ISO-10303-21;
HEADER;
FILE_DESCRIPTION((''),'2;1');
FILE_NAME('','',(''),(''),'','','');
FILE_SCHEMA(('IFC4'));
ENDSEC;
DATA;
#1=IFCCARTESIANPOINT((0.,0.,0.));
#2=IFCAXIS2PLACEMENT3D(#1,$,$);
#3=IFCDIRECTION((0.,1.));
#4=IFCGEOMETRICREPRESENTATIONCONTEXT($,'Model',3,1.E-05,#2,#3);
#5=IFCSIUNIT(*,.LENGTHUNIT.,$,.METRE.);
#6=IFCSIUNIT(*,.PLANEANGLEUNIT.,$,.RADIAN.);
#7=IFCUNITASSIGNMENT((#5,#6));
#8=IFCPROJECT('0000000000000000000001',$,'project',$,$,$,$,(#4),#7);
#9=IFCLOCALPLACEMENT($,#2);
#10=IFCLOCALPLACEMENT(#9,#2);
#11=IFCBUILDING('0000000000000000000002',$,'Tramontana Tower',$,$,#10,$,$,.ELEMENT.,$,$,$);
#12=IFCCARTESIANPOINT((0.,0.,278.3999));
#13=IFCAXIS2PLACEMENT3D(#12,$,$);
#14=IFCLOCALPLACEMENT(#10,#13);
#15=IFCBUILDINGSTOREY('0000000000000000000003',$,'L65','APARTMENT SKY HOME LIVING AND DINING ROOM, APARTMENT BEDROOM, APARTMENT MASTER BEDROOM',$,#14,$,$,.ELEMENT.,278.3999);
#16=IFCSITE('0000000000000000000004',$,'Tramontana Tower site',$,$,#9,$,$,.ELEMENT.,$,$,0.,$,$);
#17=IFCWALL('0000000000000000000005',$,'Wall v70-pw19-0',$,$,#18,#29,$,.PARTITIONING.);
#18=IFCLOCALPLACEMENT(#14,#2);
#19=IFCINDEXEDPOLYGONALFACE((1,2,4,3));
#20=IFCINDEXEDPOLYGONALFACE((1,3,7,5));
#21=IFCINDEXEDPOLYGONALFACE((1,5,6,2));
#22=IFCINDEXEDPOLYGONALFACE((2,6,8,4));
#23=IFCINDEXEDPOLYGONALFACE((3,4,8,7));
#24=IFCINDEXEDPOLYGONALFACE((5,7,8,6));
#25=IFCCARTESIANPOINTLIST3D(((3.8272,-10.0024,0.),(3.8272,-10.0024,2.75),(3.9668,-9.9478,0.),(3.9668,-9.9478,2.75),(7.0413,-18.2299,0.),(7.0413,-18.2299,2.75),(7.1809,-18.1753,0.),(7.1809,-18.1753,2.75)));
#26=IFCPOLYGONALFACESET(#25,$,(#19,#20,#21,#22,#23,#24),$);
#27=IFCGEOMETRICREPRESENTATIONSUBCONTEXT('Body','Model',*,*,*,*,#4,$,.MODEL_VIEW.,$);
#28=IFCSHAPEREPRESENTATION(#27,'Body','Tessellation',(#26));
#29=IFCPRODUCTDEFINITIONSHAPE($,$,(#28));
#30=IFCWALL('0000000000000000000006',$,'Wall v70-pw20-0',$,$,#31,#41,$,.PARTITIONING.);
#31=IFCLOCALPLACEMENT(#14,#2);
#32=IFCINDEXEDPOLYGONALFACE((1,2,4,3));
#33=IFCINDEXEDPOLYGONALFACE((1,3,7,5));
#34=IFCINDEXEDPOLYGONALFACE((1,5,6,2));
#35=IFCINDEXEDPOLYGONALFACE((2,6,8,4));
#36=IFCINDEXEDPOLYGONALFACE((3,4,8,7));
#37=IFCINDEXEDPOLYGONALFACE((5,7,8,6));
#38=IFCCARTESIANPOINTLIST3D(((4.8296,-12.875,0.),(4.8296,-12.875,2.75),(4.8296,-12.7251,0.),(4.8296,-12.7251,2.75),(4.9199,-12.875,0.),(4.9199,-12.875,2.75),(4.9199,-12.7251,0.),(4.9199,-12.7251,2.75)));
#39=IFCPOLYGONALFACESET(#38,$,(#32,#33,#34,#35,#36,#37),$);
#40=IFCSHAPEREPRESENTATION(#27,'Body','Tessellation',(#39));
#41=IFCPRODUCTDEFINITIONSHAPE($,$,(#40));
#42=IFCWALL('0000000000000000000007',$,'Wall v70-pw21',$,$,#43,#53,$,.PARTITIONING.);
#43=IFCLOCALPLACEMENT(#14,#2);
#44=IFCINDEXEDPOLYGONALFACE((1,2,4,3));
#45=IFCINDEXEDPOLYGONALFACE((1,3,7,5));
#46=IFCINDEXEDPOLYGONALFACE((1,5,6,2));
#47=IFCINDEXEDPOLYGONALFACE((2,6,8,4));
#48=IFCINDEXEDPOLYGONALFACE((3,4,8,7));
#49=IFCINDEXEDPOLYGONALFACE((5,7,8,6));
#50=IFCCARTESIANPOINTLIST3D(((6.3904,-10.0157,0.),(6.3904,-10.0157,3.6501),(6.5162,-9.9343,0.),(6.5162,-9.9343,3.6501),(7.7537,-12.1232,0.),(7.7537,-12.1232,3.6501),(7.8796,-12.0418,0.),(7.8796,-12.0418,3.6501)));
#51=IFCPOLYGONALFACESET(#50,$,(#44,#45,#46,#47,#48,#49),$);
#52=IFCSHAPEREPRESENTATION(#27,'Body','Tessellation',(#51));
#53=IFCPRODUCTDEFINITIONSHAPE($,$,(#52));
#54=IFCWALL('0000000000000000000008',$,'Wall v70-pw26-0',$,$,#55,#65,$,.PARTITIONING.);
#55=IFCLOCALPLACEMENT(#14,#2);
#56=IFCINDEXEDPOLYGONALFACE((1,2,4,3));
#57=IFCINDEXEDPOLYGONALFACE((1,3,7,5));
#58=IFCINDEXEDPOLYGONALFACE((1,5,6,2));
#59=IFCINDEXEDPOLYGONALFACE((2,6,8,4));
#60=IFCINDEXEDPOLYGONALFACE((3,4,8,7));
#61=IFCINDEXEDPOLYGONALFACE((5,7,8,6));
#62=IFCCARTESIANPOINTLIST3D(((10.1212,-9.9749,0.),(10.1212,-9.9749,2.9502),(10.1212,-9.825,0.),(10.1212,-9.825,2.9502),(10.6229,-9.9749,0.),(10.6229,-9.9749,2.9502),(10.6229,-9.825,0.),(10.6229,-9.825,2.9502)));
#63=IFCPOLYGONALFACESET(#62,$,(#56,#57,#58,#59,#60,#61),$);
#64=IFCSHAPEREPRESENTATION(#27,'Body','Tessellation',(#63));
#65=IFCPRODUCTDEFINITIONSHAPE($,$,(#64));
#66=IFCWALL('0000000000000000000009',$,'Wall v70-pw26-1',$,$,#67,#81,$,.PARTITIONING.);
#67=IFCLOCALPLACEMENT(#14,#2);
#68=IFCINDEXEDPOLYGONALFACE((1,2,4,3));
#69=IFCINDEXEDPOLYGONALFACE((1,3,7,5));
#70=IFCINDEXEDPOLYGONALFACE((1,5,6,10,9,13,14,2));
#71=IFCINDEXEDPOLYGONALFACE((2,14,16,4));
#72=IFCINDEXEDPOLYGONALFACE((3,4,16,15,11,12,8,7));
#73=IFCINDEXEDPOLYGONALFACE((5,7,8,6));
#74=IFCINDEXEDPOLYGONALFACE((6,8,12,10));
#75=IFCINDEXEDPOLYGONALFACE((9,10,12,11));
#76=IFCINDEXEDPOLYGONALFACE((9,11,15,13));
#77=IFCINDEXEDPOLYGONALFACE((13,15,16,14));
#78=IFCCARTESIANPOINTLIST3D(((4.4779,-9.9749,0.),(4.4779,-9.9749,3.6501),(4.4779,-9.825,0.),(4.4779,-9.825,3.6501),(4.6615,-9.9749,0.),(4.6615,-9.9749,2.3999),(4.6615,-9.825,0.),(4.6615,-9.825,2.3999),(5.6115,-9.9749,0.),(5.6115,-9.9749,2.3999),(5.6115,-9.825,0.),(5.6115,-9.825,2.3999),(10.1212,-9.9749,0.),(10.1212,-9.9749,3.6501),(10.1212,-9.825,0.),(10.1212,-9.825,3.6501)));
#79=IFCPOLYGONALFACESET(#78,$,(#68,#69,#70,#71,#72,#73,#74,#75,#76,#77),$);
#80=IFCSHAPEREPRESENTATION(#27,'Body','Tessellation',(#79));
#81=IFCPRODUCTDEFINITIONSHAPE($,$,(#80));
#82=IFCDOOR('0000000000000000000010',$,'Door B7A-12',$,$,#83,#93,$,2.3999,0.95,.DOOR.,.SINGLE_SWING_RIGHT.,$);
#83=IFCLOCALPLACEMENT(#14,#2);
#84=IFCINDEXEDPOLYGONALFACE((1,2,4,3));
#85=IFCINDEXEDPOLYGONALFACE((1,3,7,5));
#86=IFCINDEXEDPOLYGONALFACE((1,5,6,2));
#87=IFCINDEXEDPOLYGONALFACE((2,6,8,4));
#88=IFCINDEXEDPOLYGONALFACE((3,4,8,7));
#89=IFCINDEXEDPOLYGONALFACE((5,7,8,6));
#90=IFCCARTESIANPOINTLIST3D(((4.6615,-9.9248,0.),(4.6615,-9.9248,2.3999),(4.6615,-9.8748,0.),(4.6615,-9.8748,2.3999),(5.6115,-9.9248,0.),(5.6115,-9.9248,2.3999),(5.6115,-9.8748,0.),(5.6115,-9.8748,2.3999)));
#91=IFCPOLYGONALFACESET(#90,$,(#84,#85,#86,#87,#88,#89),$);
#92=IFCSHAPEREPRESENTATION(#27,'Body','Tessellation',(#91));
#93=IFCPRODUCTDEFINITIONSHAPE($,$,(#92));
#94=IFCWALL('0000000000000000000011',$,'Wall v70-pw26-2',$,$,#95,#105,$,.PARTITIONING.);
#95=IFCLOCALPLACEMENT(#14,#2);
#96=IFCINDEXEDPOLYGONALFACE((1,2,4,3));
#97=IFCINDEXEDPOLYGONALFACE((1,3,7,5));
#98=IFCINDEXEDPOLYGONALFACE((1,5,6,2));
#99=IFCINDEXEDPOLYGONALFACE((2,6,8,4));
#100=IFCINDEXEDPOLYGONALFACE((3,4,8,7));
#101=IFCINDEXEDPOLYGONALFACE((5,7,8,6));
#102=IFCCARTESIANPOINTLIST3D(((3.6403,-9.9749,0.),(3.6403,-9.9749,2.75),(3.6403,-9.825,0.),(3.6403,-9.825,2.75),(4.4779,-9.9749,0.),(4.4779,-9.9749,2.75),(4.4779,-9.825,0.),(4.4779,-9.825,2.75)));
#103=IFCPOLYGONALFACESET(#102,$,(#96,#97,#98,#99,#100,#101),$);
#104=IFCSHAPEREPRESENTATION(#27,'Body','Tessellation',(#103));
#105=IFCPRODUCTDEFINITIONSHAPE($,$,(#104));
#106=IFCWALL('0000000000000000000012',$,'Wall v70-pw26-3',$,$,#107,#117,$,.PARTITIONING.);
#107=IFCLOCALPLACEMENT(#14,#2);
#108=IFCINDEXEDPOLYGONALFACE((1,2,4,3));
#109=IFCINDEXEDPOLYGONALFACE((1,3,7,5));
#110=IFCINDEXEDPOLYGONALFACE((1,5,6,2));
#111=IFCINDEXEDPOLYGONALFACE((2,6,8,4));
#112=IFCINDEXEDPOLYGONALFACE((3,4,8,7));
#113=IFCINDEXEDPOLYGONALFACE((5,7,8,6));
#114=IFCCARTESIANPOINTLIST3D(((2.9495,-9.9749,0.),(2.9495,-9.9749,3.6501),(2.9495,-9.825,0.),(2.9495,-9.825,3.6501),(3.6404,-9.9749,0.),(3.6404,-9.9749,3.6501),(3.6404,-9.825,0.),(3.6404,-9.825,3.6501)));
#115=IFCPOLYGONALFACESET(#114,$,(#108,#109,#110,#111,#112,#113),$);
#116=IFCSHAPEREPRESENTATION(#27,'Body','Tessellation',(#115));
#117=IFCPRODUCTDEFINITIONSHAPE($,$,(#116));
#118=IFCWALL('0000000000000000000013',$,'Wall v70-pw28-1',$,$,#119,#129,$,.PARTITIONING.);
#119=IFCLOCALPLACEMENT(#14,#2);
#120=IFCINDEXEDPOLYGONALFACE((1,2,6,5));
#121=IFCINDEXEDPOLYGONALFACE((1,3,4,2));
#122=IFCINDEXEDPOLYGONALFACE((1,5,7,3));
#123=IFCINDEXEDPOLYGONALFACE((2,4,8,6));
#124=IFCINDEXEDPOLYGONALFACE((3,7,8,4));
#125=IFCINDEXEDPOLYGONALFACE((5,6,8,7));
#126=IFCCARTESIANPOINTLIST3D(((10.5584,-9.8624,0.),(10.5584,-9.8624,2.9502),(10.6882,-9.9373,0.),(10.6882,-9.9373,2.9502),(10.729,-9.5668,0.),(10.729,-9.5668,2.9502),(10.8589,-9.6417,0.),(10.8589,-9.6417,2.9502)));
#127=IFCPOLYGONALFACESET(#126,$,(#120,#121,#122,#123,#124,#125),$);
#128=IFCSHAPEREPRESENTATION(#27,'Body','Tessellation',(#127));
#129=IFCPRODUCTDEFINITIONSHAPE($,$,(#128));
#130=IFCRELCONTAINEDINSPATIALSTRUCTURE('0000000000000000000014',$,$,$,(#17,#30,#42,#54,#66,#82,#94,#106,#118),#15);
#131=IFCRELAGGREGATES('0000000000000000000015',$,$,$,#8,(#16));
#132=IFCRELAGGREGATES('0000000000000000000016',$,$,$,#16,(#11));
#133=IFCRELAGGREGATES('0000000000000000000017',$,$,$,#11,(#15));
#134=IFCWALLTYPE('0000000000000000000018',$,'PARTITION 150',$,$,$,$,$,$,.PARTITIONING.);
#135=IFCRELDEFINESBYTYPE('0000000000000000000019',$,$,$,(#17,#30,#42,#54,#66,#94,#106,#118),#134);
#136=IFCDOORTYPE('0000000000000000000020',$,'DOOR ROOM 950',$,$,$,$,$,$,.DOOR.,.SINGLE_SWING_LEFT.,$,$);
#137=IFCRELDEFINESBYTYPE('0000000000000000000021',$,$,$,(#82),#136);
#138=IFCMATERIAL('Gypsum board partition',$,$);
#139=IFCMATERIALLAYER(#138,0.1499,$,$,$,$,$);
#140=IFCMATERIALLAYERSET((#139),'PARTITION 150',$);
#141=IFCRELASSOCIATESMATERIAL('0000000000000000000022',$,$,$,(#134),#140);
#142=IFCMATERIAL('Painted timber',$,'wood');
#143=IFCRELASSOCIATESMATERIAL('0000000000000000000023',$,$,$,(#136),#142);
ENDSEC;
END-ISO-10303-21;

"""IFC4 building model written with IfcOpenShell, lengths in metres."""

from ifc_helpers import new_model, si_unit, direction, frame, frame_2d, origin, place, context, subcontext, project, spatial, rectangle, extrude, material, layer, layer_set, type_object, element, fill, save


model = new_model("IFC4")

# Units and contexts
model_context = context("Model", 3, precision=1e-05, world=origin(), true_north=direction((0.0, 1.0)))
body_context = subcontext(model_context, "Body", "Model", "MODEL_VIEW")
ifc_project = project(units=[si_unit("LENGTHUNIT", "METRE"), si_unit("PLANEANGLEUNIT", "RADIAN")], contexts=[model_context])

# Site, building, storey
site_placement = place(None, origin())
site = spatial("IfcSite", under=ifc_project, at=site_placement, Name="Tramontana Tower site", CompositionType="ELEMENT", RefElevation=0.0)
building_placement = place(site_placement, origin())
building = spatial("IfcBuilding", under=site, at=building_placement, Name="Tramontana Tower", CompositionType="ELEMENT")
storey_placement = place(building_placement, frame((0.0, 0.0, 278.3999)))
storey = spatial("IfcBuildingStorey", under=building, at=storey_placement, Name="L65", Description="APARTMENT SKY HOME LIVING AND DINING ROOM, APARTMENT BEDROOM, APARTMENT MASTER BEDROOM", CompositionType="ELEMENT", Elevation=278.3999)

# Shared definitions
ifc_material_1 = material(Name="Gypsum board partition")
ifc_layer_1 = layer(ifc_material_1, 0.1499)
ifc_layer_set_1 = layer_set([ifc_layer_1], Name="PARTITION 150")
wall_type_1 = type_object("IfcWallType", Name="PARTITION 150", PredefinedType="PARTITIONING", material=ifc_layer_set_1)

# Shared definitions
ifc_material_2 = material(Name="Painted timber", Category="wood")
door_type_1 = type_object("IfcDoorType", Name="DOOR ROOM 950", OperationType="SINGLE_SWING_LEFT", PredefinedType="DOOR", material=ifc_material_2)

# Walls
wall_1_placement = place(storey_placement, frame((3.897, -9.9751, 0.0), z_axis=(0.0, 0.0, 1.0), x_axis=(0.363873, -0.931449, 0.0)))
element("IfcWall", 1, at=wall_1_placement, inside=storey, type_object=wall_type_1, Name="Wall v70-pw19-0", PredefinedType="PARTITIONING", context=body_context, shape_type="SweptSolid", body=[
    extrude(rectangle(XDim=8.833, YDim=0.1499, at=frame_2d((4.4165, 0.0))), origin(), (0.0, 0.0, 1.0), 2.75),
])
wall_2_placement = place(storey_placement, frame((4.9199, -12.8, 0.0), z_axis=(0.0, 0.0, 1.0), x_axis=(-1.0, 0.0, 0.0)))
element("IfcWall", 2, at=wall_2_placement, inside=storey, type_object=wall_type_1, Name="Wall v70-pw20-0", PredefinedType="PARTITIONING", context=body_context, shape_type="SweptSolid", body=[
    extrude(rectangle(XDim=0.0903, YDim=0.1499, at=frame_2d((0.0452, 0.0))), origin(), (0.0, 0.0, 1.0), 2.75),
])
wall_3_placement = place(storey_placement, frame((6.4534, -9.9751, 0.0), z_axis=(0.0, 0.0, 1.0), x_axis=(0.543154, -0.839633, 0.0)))
element("IfcWall", 3, at=wall_3_placement, inside=storey, type_object=wall_type_1, Name="Wall v70-pw21", PredefinedType="PARTITIONING", context=body_context, shape_type="SweptSolid", body=[
    extrude(rectangle(XDim=2.51, YDim=0.1499, at=frame_2d((1.2549, 0.0))), origin(), (0.0, 0.0, 1.0), 3.6501),
])
wall_4_placement = place(storey_placement, frame((10.623, -9.8999, 0.0), z_axis=(0.0, 0.0, 1.0), x_axis=(-1.0, 0.0, 0.0)))
element("IfcWall", 4, at=wall_4_placement, inside=storey, type_object=wall_type_1, Name="Wall v70-pw26-0", PredefinedType="PARTITIONING", context=body_context, shape_type="SweptSolid", body=[
    extrude(rectangle(XDim=0.5017, YDim=0.1499, at=frame_2d((0.251, 0.0))), origin(), (0.0, 0.0, 1.0), 2.9502),
])

# Wall, opening, door
wall_5_placement = place(storey_placement, frame((10.1213, -9.8999, 0.0), z_axis=(0.0, 0.0, 1.0), x_axis=(-1.0, 0.0, 0.0)))
wall_5 = element("IfcWall", 5, at=wall_5_placement, inside=storey, type_object=wall_type_1, Name="Wall v70-pw26-1", PredefinedType="PARTITIONING", context=body_context, shape_type="SweptSolid", body=[
    extrude(rectangle(XDim=5.6433, YDim=0.1499, at=frame_2d((2.8218, 0.0))), origin(), (0.0, 0.0, 1.0), 3.6501),
])
opening_1_placement = place(wall_5_placement, frame((4.5098, 0.0, 0.0)))
opening_1 = element("IfcOpeningElement", 6, at=opening_1_placement, cuts=wall_5, PredefinedType="OPENING", context=body_context, shape_type="SweptSolid", body=[
    extrude(rectangle(XDim=0.95, YDim=2.3999, at=frame_2d((0.4751, 1.2))), frame((0.0, 0.085, 0.0), z_axis=(0.0, -1.0, 0.0), x_axis=(1.0, 0.0, 0.0)), (0.0, 0.0, 1.0), 0.1699),
])
door_1_placement = place(opening_1_placement, origin())
door_1 = element("IfcDoor", 7, at=door_1_placement, inside=storey, type_object=door_type_1, Name="Door B7A-12", OperationType="SINGLE_SWING_RIGHT", OverallHeight=2.3999, OverallWidth=0.95, PredefinedType="DOOR", context=body_context, shape_type="SweptSolid", body=[
    extrude(rectangle(XDim=0.95, YDim=2.3999, at=frame_2d((0.4751, 1.2))), frame((0.0, 0.0249, 0.0), z_axis=(0.0, -1.0, 0.0), x_axis=(1.0, 0.0, 0.0)), (0.0, 0.0, 1.0), 0.05),
])
fill(opening_1, door_1)

# Walls
wall_6_placement = place(storey_placement, frame((4.478, -9.8999, 0.0), z_axis=(0.0, 0.0, 1.0), x_axis=(-1.0, 0.0, 0.0)))
element("IfcWall", 8, at=wall_6_placement, inside=storey, type_object=wall_type_1, Name="Wall v70-pw26-2", PredefinedType="PARTITIONING", context=body_context, shape_type="SweptSolid", body=[
    extrude(rectangle(XDim=0.8376, YDim=0.1499, at=frame_2d((0.4189, 0.0))), origin(), (0.0, 0.0, 1.0), 2.75),
])
wall_7_placement = place(storey_placement, frame((3.6404, -9.8999, 0.0), z_axis=(0.0, 0.0, 1.0), x_axis=(-1.0, 0.0, 0.0)))
element("IfcWall", 9, at=wall_7_placement, inside=storey, type_object=wall_type_1, Name="Wall v70-pw26-3", PredefinedType="PARTITIONING", context=body_context, shape_type="SweptSolid", body=[
    extrude(rectangle(XDim=0.6909, YDim=0.1499, at=frame_2d((0.3455, 0.0))), origin(), (0.0, 0.0, 1.0), 3.6501),
])
wall_8_placement = place(storey_placement, frame((10.7939, -9.6042, 0.0), z_axis=(0.0, 0.0, 1.0), x_axis=(-0.499908, -0.866078, 0.0)))
element("IfcWall", 10, at=wall_8_placement, inside=storey, type_object=wall_type_1, Name="Wall v70-pw28-1", PredefinedType="PARTITIONING", context=body_context, shape_type="SweptSolid", body=[
    extrude(rectangle(XDim=0.3413, YDim=0.1499, at=frame_2d((0.1707, 0.0))), origin(), (0.0, 0.0, 1.0), 2.9502),
])

save(model, "model.ifc")
